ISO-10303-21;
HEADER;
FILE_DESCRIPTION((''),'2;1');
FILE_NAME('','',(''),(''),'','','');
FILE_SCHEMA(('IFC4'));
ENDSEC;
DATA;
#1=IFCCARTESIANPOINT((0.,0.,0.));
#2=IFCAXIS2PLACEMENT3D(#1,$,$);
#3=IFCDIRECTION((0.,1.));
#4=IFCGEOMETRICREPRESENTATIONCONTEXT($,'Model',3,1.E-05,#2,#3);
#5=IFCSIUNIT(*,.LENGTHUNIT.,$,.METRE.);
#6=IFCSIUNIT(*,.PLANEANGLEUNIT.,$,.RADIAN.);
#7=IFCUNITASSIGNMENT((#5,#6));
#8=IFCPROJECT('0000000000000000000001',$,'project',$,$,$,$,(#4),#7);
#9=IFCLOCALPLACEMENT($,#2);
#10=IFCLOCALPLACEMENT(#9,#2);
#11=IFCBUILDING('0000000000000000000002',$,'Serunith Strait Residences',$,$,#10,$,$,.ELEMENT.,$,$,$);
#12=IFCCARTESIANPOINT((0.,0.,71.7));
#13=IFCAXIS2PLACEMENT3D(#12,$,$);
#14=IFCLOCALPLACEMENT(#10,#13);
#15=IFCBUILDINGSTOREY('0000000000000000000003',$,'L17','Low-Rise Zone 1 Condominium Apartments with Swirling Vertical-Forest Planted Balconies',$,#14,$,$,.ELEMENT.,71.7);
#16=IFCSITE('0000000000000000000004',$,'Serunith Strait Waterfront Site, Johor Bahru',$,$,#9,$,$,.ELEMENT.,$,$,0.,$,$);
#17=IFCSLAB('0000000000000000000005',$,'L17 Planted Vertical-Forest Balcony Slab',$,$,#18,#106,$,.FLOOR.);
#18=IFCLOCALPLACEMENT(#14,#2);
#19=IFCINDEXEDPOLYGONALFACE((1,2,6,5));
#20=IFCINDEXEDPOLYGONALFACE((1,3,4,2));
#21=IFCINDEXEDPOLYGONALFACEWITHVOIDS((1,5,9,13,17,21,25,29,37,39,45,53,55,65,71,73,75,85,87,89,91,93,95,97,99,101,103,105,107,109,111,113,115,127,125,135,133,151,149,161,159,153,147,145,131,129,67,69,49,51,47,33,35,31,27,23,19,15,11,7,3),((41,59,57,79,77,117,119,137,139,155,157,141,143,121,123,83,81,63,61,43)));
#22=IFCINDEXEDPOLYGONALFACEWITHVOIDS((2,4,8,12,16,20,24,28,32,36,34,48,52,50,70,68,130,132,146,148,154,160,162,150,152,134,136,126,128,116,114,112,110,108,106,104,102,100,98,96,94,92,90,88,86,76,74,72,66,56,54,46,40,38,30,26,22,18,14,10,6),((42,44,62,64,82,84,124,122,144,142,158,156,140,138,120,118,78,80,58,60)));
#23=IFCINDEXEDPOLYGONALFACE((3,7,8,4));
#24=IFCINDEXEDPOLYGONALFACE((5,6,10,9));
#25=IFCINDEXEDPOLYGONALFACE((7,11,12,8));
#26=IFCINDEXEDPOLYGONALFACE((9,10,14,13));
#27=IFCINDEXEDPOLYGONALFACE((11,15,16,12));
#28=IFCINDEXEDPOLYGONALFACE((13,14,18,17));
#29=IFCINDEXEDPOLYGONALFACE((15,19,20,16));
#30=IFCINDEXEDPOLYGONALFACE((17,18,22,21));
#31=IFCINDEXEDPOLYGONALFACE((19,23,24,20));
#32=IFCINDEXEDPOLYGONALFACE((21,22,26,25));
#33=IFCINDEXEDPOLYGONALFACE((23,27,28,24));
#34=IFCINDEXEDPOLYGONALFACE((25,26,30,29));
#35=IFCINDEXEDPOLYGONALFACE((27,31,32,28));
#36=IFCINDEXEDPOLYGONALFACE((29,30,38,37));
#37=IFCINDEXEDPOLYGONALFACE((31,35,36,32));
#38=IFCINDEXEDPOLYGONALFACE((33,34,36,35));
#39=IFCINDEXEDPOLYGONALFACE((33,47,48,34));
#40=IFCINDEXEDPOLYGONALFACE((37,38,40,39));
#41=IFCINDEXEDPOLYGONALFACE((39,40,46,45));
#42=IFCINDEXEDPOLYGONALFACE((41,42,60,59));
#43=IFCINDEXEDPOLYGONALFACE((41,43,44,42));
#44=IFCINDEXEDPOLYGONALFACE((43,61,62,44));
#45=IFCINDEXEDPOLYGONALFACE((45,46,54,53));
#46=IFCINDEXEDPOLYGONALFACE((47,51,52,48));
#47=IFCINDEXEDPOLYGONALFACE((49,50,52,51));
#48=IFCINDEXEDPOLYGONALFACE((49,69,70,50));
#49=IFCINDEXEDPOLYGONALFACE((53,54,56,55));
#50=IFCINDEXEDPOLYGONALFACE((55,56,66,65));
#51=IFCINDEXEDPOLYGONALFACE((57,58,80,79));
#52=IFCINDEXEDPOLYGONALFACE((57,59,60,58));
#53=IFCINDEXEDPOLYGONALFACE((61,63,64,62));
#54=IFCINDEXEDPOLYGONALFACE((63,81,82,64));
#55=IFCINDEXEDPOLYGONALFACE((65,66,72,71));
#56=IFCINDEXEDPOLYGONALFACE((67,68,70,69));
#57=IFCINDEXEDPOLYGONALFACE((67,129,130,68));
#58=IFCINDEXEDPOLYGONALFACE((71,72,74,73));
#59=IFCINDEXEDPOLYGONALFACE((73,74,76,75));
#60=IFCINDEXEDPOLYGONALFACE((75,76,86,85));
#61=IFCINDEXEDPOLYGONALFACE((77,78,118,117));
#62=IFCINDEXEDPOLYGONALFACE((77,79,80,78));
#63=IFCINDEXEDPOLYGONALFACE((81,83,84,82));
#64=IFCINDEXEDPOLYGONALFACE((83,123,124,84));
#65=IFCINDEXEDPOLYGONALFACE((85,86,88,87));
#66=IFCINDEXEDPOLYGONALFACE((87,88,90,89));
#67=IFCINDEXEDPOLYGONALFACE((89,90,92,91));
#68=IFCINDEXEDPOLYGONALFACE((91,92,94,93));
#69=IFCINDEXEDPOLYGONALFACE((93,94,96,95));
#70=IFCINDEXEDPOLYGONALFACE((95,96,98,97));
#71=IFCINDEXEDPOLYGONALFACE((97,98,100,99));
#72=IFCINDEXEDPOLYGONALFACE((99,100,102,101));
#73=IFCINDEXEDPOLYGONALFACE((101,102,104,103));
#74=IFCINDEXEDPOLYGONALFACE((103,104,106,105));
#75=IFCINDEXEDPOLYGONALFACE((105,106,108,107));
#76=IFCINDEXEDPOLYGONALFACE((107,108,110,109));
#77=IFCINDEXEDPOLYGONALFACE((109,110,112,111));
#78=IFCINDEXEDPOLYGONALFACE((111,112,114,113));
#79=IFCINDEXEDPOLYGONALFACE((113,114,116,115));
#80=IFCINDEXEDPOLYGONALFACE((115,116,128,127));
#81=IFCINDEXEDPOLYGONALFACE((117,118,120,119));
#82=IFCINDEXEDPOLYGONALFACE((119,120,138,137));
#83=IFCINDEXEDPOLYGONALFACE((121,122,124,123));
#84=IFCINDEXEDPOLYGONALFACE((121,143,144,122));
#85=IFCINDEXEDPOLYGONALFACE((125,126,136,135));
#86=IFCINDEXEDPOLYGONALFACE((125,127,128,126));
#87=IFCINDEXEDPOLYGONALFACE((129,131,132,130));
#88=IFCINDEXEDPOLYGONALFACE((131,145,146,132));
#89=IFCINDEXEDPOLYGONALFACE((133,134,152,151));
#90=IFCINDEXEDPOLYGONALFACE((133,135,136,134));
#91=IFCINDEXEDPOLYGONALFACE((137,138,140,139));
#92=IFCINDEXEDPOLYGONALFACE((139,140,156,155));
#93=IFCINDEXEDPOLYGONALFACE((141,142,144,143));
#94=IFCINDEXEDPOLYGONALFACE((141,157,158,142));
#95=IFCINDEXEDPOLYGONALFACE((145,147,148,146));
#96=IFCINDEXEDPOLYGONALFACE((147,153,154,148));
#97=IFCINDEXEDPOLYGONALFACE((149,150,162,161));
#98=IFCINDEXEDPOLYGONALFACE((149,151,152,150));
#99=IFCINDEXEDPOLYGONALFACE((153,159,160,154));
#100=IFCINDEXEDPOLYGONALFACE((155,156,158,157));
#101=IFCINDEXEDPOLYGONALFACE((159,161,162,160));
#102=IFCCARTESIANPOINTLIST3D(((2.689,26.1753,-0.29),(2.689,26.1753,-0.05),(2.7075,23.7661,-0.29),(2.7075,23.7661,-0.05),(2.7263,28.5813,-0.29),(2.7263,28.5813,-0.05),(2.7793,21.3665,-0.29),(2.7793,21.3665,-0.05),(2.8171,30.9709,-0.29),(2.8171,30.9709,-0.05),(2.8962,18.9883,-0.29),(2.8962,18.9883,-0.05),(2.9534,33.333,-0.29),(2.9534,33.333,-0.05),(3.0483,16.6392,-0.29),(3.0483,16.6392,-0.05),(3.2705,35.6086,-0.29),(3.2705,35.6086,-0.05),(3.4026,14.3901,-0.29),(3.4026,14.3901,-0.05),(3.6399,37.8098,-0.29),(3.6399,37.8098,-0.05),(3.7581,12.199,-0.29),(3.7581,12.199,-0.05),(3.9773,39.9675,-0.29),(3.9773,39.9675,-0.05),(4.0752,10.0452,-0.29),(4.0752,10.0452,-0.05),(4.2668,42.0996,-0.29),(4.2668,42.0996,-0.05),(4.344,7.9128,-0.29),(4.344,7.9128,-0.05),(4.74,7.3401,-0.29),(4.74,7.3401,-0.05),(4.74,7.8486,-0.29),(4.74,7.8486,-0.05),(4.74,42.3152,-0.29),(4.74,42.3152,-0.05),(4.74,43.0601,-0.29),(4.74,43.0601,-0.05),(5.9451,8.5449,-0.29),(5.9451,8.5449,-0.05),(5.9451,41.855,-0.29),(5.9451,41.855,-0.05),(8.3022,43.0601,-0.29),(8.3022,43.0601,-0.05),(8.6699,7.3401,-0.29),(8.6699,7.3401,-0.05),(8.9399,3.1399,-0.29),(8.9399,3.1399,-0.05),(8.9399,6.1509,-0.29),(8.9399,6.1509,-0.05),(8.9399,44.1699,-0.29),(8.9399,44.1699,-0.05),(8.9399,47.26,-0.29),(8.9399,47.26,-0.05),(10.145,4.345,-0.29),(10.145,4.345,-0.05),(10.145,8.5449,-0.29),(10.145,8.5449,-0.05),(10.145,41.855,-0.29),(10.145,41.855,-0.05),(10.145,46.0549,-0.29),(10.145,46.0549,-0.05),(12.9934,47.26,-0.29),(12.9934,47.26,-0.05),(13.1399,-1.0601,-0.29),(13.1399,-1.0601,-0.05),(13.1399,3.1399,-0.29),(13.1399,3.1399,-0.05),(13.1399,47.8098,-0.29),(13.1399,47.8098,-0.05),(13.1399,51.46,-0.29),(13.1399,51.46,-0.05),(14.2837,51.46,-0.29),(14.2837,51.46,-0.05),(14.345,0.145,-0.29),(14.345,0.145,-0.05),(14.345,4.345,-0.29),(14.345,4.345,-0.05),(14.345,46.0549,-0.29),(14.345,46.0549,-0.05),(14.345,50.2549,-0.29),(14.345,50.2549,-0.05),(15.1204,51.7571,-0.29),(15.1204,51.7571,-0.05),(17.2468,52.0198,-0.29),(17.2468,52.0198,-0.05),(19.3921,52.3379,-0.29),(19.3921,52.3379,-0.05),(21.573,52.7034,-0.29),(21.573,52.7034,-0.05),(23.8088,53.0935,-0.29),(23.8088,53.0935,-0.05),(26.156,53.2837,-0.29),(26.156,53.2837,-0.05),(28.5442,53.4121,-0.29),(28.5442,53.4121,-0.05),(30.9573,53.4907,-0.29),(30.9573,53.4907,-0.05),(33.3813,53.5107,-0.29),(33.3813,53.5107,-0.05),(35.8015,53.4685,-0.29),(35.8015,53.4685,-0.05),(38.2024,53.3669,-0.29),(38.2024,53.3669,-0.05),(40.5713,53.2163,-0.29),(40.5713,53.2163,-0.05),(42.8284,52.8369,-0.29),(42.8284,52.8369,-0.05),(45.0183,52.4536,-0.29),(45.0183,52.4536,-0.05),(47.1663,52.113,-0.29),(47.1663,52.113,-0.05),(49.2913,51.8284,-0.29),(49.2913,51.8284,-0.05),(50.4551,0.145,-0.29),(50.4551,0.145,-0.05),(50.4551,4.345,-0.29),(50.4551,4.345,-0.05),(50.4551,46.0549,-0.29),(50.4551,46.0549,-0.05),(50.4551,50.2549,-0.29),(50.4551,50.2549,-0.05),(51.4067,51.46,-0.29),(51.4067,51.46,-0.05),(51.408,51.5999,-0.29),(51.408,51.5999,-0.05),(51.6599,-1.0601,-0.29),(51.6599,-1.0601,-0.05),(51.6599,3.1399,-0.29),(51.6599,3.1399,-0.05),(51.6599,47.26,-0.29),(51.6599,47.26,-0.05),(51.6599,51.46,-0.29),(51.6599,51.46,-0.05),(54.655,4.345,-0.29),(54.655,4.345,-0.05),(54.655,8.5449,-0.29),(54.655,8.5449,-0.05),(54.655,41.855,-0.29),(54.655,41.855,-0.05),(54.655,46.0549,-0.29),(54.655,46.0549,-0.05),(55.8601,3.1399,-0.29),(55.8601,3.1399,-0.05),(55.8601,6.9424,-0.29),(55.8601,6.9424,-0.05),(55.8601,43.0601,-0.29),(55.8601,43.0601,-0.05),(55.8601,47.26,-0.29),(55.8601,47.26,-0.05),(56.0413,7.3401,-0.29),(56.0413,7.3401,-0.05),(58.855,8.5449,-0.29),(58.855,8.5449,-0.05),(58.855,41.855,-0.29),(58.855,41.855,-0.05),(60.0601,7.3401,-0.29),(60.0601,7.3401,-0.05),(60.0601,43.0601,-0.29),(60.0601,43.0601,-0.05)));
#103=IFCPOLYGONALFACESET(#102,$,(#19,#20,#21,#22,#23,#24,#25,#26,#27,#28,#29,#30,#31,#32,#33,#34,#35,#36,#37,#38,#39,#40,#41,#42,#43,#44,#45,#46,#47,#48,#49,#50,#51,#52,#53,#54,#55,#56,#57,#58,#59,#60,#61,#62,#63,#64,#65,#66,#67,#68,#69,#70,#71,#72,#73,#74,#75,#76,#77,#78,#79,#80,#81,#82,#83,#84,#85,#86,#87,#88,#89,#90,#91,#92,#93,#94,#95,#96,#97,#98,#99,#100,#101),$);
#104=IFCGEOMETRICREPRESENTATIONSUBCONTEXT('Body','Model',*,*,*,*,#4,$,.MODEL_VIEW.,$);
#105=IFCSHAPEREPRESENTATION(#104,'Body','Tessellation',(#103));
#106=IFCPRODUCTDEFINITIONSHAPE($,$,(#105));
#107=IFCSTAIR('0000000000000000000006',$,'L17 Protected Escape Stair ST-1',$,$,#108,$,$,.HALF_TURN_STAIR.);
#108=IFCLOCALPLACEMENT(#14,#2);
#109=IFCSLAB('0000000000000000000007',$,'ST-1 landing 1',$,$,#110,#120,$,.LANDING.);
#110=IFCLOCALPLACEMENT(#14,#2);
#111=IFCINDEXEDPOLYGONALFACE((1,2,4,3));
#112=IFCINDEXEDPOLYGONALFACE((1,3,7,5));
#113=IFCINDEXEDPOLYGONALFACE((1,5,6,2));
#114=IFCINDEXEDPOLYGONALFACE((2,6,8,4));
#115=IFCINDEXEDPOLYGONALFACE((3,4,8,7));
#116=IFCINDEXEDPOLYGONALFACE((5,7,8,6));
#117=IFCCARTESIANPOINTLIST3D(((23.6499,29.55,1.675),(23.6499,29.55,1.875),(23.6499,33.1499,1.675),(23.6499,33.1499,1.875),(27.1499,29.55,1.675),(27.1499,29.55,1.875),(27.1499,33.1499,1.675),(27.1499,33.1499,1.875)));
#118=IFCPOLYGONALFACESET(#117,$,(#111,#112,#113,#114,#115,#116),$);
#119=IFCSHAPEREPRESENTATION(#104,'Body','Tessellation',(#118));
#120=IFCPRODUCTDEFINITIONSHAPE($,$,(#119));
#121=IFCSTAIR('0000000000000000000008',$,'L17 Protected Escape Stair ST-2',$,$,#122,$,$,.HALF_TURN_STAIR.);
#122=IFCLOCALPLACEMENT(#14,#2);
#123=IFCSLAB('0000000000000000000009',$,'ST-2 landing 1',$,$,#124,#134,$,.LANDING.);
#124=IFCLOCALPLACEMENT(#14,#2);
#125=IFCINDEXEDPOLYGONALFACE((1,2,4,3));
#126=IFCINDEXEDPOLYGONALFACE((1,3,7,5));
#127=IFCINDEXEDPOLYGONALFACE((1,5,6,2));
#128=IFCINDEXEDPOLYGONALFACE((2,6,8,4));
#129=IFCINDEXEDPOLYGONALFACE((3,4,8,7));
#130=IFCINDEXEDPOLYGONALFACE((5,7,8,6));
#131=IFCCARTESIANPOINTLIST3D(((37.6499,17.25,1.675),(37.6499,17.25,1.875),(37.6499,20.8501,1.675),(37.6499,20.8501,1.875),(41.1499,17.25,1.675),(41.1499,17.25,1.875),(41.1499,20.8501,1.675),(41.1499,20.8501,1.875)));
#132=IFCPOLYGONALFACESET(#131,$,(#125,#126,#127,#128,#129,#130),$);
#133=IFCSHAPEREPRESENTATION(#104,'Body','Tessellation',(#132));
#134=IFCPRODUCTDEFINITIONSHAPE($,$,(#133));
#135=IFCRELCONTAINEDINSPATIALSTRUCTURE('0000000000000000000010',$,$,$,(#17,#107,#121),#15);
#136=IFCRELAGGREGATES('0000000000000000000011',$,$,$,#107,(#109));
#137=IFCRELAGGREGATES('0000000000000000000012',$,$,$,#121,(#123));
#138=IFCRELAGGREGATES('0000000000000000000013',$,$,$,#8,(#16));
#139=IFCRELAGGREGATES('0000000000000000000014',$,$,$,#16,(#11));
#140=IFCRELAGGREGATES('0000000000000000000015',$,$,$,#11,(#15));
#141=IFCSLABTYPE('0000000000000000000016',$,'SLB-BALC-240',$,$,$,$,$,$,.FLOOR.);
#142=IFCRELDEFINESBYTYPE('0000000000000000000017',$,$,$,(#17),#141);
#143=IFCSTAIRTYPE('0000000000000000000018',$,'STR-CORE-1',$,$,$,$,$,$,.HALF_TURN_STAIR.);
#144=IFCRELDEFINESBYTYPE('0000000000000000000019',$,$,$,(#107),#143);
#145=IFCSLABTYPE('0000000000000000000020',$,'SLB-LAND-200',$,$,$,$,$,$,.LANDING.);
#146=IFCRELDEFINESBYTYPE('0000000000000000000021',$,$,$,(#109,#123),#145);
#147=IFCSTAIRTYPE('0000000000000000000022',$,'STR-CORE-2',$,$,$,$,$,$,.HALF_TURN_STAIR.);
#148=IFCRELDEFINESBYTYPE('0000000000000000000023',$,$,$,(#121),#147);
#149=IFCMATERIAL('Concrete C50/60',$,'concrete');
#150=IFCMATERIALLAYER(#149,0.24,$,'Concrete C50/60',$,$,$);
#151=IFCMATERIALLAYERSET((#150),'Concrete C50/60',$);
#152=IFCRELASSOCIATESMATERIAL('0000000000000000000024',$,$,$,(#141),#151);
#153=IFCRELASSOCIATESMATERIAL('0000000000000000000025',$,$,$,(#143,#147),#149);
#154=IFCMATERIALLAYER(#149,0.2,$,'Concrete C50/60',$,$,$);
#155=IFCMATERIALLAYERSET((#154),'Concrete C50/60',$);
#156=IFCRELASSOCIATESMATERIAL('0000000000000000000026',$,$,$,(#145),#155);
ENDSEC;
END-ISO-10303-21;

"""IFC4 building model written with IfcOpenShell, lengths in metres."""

from ifc_helpers import new_model, si_unit, direction, frame, origin, place, context, subcontext, project, spatial, polyline, outline, extrude, material, layer, layer_set, type_object, element, aggregate, save


model = new_model("IFC4")

# Units and contexts
model_context = context("Model", 3, precision=1e-05, world=origin(), true_north=direction((0.0, 1.0)))
body_context = subcontext(model_context, "Body", "Model", "MODEL_VIEW")
ifc_project = project(units=[si_unit("LENGTHUNIT", "METRE"), si_unit("PLANEANGLEUNIT", "RADIAN")], contexts=[model_context])

# Site, building, storey
site_placement = place(None, origin())
site = spatial("IfcSite", under=ifc_project, at=site_placement, Name="Serunith Strait Waterfront Site, Johor Bahru", CompositionType="ELEMENT", RefElevation=0.0)
building_placement = place(site_placement, origin())
building = spatial("IfcBuilding", under=site, at=building_placement, Name="Serunith Strait Residences", CompositionType="ELEMENT")
storey_placement = place(building_placement, frame((0.0, 0.0, 71.7)))
storey = spatial("IfcBuildingStorey", under=building, at=storey_placement, Name="L17", Description="Low-Rise Zone 1 Condominium Apartments with Swirling Vertical-Forest Planted Balconies", CompositionType="ELEMENT", Elevation=71.7)

# Slab
ifc_material_1 = material(Name="Concrete C50/60", Category="concrete")
ifc_layer_1 = layer(ifc_material_1, 0.24, Name="Concrete C50/60")
ifc_layer_set_1 = layer_set([ifc_layer_1], Name="Concrete C50/60")
slab_type_1 = type_object("IfcSlabType", Name="SLB-BALC-240", PredefinedType="FLOOR", material=ifc_layer_set_1)
slab_1_placement = place(storey_placement, frame((0.0, 0.0, -0.29)))
element("IfcSlab", 1, at=slab_1_placement, inside=storey, type_object=slab_type_1, Name="L17 Planted Vertical-Forest Balcony Slab", PredefinedType="FLOOR", context=body_context, shape_type="SweptSolid", body=[
    extrude(outline(polyline([(4.74, 7.8486), (4.344, 7.9128), (4.0752, 10.0452), (3.7581, 12.199), (3.4026, 14.3901), (3.0483, 16.6392), (2.8962, 18.9883), (2.7793, 21.3665), (2.7075, 23.7661), (2.689, 26.1753), (2.7263, 28.5813), (2.8171, 30.9709), (2.9534, 33.333), (3.2705, 35.6086), (3.6399, 37.8098), (3.9773, 39.9675), (4.2668, 42.0996), (4.74, 42.3152), (4.74, 43.0601), (8.3022, 43.0601), (8.9399, 44.1699), (8.9399, 47.26), (12.9934, 47.26), (13.1399, 47.8098), (13.1399, 51.46), (14.2837, 51.46), (15.1204, 51.7571), (17.2468, 52.0198), (19.3921, 52.3379), (21.573, 52.7034), (23.8088, 53.0935), (26.156, 53.2837), (28.5442, 53.4121), (30.9573, 53.4907), (33.3813, 53.5107), (35.8015, 53.4685), (38.2024, 53.3669), (40.5713, 53.2163), (42.8284, 52.8369), (45.0183, 52.4536), (47.1663, 52.113), (49.2913, 51.8284), (51.408, 51.5999), (51.4067, 51.46), (51.6599, 51.46), (51.6599, 47.26), (55.8601, 47.26), (55.8601, 43.0601), (60.0601, 43.0601), (60.0601, 7.3401), (56.0413, 7.3401), (55.8601, 6.9424), (55.8601, 3.1399), (51.6599, 3.1399), (51.6599, -1.0601), (13.1399, -1.0601), (13.1399, 3.1399), (8.9399, 3.1399), (8.9399, 6.1509), (8.6699, 7.3401), (4.74, 7.3401), (4.74, 7.8486)]), holes=[polyline([(50.4551, 0.145), (50.4551, 4.345), (54.655, 4.345), (54.655, 8.5449), (58.855, 8.5449), (58.855, 41.855), (54.655, 41.855), (54.655, 46.0549), (50.4551, 46.0549), (50.4551, 50.2549), (14.345, 50.2549), (14.345, 46.0549), (10.145, 46.0549), (10.145, 41.855), (5.9451, 41.855), (5.9451, 8.5449), (10.145, 8.5449), (10.145, 4.345), (14.345, 4.345), (14.345, 0.145), (50.4551, 0.145)])]), origin(), (0.0, 0.0, 1.0), 0.24),
])

# Stairs, slabs
stair_type_1 = type_object("IfcStairType", Name="STR-CORE-1", PredefinedType="HALF_TURN_STAIR", material=ifc_material_1)
stair_1_placement = place(storey_placement, origin())
stair_1 = element("IfcStair", 2, at=stair_1_placement, inside=storey, type_object=stair_type_1, Name="L17 Protected Escape Stair ST-1", PredefinedType="HALF_TURN_STAIR")
ifc_layer_2 = layer(ifc_material_1, 0.2, Name="Concrete C50/60")
ifc_layer_set_2 = layer_set([ifc_layer_2], Name="Concrete C50/60")
slab_type_2 = type_object("IfcSlabType", Name="SLB-LAND-200", PredefinedType="LANDING", material=ifc_layer_set_2)
slab_2_placement = place(storey_placement, frame((0.0, 0.0, 1.675)))
slab_2 = element("IfcSlab", 3, at=slab_2_placement, type_object=slab_type_2, Name="ST-1 landing 1", PredefinedType="LANDING", context=body_context, shape_type="SweptSolid", body=[
    extrude(outline(polyline([(27.1499, 29.55), (27.1499, 33.1499), (23.6499, 33.1499), (23.6499, 29.55), (27.1499, 29.55)])), origin(), (0.0, 0.0, 1.0), 0.2),
])
aggregate(stair_1, [slab_2])
stair_type_2 = type_object("IfcStairType", Name="STR-CORE-2", PredefinedType="HALF_TURN_STAIR", material=ifc_material_1)
stair_2_placement = place(storey_placement, origin())
stair_2 = element("IfcStair", 4, at=stair_2_placement, inside=storey, type_object=stair_type_2, Name="L17 Protected Escape Stair ST-2", PredefinedType="HALF_TURN_STAIR")
slab_3_placement = place(storey_placement, frame((0.0, 0.0, 1.675)))
slab_3 = element("IfcSlab", 5, at=slab_3_placement, type_object=slab_type_2, Name="ST-2 landing 1", PredefinedType="LANDING", context=body_context, shape_type="SweptSolid", body=[
    extrude(outline(polyline([(37.6499, 20.8501), (37.6499, 17.25), (41.1499, 17.25), (41.1499, 20.8501), (37.6499, 20.8501)])), origin(), (0.0, 0.0, 1.0), 0.2),
])
aggregate(stair_2, [slab_3])

save(model, "model.ifc")
